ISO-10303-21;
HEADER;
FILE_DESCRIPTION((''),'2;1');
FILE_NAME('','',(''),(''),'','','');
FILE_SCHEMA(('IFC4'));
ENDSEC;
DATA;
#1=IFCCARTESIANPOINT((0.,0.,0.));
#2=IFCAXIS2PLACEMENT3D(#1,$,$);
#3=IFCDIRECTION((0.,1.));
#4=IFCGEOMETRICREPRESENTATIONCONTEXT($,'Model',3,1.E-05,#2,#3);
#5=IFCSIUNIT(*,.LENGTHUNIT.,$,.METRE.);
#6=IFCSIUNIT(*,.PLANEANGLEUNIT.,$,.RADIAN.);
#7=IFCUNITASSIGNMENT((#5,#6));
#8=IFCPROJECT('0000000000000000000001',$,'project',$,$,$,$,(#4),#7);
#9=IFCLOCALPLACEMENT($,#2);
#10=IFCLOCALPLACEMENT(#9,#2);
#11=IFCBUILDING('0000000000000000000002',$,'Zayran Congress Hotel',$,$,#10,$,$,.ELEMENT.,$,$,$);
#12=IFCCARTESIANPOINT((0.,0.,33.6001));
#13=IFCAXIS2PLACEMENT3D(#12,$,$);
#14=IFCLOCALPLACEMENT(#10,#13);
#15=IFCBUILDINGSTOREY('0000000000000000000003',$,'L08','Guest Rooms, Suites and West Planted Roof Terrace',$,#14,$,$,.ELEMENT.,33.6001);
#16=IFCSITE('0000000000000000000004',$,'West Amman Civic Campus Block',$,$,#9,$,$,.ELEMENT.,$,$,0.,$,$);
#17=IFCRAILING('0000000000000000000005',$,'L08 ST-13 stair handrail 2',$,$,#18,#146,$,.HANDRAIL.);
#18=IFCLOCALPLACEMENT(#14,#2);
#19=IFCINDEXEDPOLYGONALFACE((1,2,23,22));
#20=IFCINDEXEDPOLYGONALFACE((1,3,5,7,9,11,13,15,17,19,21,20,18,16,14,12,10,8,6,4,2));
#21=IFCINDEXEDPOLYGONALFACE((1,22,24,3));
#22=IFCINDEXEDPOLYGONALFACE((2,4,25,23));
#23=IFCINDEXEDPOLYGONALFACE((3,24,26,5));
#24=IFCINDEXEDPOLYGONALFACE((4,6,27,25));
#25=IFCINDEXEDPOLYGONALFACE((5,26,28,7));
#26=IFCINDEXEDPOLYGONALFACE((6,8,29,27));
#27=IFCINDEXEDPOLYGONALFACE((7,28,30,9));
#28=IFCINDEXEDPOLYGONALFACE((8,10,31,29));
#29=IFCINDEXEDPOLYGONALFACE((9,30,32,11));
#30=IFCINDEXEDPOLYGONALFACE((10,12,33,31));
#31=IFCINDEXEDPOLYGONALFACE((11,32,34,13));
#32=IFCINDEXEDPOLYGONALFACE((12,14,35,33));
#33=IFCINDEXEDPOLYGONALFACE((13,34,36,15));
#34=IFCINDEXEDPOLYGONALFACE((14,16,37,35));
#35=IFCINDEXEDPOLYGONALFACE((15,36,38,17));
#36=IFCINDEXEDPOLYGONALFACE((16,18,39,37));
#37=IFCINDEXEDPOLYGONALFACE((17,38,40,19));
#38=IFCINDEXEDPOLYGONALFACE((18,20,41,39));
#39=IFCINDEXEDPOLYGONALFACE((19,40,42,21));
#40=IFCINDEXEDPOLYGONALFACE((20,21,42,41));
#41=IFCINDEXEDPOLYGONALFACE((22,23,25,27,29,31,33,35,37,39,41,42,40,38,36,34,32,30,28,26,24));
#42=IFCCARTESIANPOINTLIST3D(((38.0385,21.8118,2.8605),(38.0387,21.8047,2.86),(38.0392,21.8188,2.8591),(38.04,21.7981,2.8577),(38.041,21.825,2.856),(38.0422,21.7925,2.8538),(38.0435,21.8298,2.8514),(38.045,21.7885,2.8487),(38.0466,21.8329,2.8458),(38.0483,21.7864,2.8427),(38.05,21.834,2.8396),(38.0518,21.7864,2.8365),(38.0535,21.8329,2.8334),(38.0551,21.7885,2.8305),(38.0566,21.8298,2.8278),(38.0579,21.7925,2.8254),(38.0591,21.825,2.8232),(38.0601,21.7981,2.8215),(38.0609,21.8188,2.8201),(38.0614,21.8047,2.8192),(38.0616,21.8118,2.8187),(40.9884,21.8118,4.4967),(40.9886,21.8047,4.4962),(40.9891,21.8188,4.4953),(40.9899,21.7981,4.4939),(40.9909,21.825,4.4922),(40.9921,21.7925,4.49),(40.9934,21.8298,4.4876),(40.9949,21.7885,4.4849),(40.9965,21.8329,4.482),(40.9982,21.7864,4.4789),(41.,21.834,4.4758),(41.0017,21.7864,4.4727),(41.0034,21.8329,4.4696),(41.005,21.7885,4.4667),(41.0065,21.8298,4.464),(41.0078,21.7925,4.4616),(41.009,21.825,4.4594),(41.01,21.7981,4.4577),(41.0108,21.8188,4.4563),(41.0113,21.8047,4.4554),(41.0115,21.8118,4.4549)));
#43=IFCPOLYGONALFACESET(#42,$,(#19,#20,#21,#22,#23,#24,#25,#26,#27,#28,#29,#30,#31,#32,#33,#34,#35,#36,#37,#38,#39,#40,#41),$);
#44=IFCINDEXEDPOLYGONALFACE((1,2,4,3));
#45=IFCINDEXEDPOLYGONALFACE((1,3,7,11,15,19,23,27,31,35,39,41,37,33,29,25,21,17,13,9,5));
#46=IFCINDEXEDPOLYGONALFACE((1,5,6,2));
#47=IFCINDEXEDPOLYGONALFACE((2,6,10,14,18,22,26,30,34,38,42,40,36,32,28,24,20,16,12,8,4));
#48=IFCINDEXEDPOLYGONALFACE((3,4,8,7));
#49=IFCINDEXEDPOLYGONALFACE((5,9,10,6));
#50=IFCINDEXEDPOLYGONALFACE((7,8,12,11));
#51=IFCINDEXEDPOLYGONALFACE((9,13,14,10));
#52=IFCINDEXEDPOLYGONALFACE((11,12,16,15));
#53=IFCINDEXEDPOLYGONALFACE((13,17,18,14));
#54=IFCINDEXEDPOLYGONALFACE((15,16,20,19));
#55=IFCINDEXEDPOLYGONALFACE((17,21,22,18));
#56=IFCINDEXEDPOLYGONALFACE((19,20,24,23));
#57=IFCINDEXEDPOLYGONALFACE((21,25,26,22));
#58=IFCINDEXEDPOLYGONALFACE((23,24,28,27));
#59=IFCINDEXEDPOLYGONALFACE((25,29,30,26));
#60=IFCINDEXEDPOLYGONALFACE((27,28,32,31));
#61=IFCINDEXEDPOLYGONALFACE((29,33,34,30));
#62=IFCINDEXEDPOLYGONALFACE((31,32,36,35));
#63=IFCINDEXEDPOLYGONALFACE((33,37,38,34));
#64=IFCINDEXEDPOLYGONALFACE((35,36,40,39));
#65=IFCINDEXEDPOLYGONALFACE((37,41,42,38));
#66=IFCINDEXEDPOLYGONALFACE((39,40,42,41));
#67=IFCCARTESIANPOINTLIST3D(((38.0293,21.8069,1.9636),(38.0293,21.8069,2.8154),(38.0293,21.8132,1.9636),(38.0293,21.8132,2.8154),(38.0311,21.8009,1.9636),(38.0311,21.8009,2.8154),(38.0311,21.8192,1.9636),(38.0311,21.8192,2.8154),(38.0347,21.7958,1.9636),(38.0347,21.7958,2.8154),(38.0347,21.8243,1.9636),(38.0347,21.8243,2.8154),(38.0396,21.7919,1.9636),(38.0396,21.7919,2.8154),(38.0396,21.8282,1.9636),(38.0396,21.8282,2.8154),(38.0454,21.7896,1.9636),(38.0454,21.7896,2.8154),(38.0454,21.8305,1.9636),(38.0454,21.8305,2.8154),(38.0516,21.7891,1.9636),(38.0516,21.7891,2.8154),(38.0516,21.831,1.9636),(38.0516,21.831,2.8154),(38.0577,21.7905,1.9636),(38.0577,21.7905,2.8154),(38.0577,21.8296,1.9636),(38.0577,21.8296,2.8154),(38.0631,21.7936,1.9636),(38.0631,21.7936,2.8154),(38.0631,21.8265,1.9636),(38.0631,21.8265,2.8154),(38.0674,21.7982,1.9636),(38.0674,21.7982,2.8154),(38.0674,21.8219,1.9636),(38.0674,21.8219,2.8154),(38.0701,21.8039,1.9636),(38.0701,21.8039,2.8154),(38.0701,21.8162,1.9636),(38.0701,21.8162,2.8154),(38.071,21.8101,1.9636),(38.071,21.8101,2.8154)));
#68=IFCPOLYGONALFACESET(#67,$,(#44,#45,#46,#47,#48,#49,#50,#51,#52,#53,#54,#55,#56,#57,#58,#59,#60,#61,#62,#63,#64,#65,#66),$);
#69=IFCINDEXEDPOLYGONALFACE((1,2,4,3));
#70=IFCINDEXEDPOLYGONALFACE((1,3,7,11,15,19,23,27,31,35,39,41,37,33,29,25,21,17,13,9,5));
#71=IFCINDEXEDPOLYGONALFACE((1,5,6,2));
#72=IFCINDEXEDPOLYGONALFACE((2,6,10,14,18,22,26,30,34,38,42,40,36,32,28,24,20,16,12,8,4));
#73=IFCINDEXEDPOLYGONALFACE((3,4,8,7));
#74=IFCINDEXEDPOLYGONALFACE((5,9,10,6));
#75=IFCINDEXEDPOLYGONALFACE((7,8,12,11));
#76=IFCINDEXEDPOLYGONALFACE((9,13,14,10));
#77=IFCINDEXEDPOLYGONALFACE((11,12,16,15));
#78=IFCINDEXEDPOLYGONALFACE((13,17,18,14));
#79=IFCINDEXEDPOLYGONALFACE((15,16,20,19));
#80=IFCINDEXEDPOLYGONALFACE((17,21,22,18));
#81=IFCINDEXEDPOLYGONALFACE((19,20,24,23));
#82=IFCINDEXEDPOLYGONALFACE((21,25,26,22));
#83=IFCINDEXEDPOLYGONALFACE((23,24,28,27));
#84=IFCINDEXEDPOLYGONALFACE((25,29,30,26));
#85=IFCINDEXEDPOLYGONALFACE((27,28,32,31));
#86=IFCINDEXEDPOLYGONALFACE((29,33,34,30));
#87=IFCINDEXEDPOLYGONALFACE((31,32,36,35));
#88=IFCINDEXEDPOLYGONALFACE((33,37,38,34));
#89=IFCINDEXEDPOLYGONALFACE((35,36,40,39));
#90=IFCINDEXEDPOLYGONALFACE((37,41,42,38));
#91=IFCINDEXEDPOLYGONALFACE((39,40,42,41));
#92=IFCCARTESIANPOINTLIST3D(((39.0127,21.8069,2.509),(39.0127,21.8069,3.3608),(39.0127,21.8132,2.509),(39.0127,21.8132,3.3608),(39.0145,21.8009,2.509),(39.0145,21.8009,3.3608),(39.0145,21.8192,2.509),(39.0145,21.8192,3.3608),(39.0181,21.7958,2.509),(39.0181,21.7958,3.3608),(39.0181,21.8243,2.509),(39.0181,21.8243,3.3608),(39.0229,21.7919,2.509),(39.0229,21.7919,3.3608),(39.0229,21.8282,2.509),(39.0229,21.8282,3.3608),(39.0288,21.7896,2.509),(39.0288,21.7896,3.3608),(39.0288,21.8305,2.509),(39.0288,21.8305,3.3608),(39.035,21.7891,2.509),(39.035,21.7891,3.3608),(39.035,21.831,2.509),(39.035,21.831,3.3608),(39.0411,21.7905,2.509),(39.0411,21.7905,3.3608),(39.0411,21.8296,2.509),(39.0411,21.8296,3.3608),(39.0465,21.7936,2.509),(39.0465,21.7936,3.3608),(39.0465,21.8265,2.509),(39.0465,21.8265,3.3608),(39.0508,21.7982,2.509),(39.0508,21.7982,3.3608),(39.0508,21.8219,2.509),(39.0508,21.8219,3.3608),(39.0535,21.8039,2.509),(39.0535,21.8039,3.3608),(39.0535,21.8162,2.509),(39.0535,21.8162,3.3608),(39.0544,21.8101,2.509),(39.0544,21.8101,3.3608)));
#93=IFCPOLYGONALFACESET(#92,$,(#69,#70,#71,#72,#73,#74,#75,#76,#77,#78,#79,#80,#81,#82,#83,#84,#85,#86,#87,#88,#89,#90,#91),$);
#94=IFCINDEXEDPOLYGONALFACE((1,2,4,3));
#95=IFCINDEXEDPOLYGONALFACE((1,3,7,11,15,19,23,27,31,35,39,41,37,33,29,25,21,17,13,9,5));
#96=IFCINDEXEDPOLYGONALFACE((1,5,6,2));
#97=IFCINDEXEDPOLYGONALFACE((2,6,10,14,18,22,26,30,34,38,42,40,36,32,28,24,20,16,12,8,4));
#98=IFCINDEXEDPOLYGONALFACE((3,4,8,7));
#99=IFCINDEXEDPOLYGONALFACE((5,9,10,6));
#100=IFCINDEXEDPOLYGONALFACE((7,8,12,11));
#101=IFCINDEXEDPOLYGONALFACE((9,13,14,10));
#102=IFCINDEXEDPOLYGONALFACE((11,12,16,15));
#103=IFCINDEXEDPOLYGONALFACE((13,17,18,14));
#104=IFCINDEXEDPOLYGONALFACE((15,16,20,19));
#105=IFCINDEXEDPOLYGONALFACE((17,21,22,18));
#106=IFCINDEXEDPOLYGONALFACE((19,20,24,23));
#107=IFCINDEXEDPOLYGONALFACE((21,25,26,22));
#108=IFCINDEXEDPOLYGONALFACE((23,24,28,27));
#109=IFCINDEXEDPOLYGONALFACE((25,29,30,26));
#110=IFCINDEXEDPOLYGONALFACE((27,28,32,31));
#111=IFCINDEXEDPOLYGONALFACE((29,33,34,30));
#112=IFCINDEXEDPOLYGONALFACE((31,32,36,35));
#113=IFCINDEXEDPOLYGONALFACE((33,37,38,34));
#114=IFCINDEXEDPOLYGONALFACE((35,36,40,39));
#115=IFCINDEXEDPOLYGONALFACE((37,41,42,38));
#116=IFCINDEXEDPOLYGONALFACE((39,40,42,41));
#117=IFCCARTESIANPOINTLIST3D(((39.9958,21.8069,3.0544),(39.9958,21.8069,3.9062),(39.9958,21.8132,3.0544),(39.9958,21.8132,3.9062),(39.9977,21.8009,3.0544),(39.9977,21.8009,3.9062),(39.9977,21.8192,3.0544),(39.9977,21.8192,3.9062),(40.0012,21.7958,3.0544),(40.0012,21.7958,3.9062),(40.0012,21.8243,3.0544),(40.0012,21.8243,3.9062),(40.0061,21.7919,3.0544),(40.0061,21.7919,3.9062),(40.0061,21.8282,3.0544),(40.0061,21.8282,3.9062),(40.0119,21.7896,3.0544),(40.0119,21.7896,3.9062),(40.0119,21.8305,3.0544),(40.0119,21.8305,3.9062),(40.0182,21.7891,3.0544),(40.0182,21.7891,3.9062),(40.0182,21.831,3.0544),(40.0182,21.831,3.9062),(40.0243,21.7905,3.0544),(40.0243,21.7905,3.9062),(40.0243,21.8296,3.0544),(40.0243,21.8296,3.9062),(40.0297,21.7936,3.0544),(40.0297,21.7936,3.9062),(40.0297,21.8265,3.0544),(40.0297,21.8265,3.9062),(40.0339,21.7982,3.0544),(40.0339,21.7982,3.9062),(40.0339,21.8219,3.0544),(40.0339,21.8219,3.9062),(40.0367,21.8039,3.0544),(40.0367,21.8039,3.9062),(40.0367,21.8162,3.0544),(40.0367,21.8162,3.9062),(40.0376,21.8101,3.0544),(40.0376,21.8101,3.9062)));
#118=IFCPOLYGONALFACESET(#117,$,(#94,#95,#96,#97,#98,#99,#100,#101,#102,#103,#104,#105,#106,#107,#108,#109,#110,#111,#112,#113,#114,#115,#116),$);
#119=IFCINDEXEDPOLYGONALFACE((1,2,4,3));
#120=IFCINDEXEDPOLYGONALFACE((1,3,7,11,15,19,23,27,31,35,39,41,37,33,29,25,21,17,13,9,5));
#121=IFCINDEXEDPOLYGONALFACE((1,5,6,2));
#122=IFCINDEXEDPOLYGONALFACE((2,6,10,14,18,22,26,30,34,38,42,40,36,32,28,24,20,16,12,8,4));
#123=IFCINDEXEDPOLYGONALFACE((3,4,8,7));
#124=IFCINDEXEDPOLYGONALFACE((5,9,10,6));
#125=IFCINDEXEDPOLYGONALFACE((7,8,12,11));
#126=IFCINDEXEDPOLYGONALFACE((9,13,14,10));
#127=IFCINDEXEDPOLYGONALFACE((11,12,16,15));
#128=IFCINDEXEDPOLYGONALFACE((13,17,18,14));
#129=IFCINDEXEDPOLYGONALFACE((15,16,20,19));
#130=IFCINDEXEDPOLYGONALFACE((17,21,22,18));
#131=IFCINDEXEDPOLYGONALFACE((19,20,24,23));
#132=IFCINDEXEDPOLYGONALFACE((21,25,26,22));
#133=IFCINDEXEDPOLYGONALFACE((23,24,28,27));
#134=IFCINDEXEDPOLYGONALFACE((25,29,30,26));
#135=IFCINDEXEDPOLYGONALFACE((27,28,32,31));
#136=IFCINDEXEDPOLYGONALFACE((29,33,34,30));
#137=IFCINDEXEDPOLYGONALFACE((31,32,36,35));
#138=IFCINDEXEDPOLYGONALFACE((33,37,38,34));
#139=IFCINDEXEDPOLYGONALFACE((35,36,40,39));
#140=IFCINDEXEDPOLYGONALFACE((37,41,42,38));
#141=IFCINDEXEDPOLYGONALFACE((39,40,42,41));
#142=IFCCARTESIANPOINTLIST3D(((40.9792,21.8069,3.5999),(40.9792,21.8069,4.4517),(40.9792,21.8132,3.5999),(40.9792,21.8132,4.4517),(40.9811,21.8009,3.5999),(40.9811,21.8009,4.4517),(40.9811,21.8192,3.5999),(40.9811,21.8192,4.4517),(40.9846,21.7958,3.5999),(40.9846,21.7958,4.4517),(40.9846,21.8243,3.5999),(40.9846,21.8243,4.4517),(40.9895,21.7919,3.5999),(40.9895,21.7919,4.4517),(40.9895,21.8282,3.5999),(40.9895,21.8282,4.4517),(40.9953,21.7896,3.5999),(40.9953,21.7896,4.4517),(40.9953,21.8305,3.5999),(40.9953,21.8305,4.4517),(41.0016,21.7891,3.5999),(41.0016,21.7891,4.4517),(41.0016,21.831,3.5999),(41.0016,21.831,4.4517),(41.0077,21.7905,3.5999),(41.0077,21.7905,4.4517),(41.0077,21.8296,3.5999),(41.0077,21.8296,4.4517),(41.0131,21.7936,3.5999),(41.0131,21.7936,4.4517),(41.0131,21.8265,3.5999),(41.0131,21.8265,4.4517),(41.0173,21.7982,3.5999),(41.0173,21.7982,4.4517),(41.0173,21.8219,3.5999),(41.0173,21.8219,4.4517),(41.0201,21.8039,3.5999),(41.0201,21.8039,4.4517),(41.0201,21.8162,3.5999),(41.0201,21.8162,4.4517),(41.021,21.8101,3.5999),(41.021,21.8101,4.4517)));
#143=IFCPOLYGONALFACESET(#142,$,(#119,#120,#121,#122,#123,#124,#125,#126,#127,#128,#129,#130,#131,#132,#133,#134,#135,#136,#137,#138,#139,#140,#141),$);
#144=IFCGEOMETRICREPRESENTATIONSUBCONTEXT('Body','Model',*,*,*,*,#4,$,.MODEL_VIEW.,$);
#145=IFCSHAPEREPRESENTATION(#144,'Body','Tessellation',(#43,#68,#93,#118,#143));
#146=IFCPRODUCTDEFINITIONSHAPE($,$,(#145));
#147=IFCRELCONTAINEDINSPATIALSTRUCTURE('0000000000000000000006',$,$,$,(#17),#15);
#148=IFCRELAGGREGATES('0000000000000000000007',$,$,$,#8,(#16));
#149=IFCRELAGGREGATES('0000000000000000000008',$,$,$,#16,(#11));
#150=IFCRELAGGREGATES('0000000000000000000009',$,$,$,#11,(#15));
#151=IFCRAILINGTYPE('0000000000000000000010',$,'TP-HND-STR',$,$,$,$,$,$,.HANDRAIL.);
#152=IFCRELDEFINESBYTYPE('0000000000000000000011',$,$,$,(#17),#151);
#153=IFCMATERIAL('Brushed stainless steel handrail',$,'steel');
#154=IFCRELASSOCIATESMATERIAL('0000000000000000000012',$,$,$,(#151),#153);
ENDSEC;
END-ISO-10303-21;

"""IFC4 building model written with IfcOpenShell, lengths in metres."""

from ifc_helpers import new_model, si_unit, direction, frame, origin, origin_2d, place, context, subcontext, project, spatial, circle, extrude, material, type_object, element, save


model = new_model("IFC4")

# Units and contexts
model_context = context("Model", 3, precision=1e-05, world=origin(), true_north=direction((0.0, 1.0)))
body_context = subcontext(model_context, "Body", "Model", "MODEL_VIEW")
ifc_project = project(units=[si_unit("LENGTHUNIT", "METRE"), si_unit("PLANEANGLEUNIT", "RADIAN")], contexts=[model_context])

# Site, building, storey
site_placement = place(None, origin())
site = spatial("IfcSite", under=ifc_project, at=site_placement, Name="West Amman Civic Campus Block", CompositionType="ELEMENT", RefElevation=0.0)
building_placement = place(site_placement, origin())
building = spatial("IfcBuilding", under=site, at=building_placement, Name="Zayran Congress Hotel", CompositionType="ELEMENT")
storey_placement = place(building_placement, frame((0.0, 0.0, 33.6001)))
storey = spatial("IfcBuildingStorey", under=building, at=storey_placement, Name="L08", Description="Guest Rooms, Suites and West Planted Roof Terrace", CompositionType="ELEMENT", Elevation=33.6001)

# Railing
ifc_material_1 = material(Name="Brushed stainless steel handrail", Category="steel")
railing_type_1 = type_object("IfcRailingType", Name="TP-HND-STR", PredefinedType="HANDRAIL", material=ifc_material_1)
railing_1_placement = place(storey_placement, frame((38.05, 21.8101, 1.9636)))
element("IfcRailing", 1, at=railing_1_placement, inside=storey, type_object=railing_type_1, Name="L08 ST-13 stair handrail 2", PredefinedType="HANDRAIL", context=body_context, shape_type="SweptSolid", body=[
    extrude(circle(Radius=0.0239, at=origin_2d()), frame((0.0, 0.0, 0.876), z_axis=(0.874488, 0.0, 0.485047), x_axis=(0.0, 1.0, 0.0)), (0.0, 0.0, 1.0), 3.3733),
    extrude(circle(Radius=0.021, at=origin_2d()), origin(), (0.0, 0.0, 1.0), 0.8518),
    extrude(circle(Radius=0.021, at=origin_2d()), frame((0.9834, 0.0, 0.5454)), (0.0, 0.0, 1.0), 0.8518),
    extrude(circle(Radius=0.021, at=origin_2d()), frame((1.9666, 0.0, 1.0908)), (0.0, 0.0, 1.0), 0.8518),
    extrude(circle(Radius=0.021, at=origin_2d()), frame((2.95, 0.0, 1.6362)), (0.0, 0.0, 1.0), 0.8518),
])

save(model, "model.ifc")
